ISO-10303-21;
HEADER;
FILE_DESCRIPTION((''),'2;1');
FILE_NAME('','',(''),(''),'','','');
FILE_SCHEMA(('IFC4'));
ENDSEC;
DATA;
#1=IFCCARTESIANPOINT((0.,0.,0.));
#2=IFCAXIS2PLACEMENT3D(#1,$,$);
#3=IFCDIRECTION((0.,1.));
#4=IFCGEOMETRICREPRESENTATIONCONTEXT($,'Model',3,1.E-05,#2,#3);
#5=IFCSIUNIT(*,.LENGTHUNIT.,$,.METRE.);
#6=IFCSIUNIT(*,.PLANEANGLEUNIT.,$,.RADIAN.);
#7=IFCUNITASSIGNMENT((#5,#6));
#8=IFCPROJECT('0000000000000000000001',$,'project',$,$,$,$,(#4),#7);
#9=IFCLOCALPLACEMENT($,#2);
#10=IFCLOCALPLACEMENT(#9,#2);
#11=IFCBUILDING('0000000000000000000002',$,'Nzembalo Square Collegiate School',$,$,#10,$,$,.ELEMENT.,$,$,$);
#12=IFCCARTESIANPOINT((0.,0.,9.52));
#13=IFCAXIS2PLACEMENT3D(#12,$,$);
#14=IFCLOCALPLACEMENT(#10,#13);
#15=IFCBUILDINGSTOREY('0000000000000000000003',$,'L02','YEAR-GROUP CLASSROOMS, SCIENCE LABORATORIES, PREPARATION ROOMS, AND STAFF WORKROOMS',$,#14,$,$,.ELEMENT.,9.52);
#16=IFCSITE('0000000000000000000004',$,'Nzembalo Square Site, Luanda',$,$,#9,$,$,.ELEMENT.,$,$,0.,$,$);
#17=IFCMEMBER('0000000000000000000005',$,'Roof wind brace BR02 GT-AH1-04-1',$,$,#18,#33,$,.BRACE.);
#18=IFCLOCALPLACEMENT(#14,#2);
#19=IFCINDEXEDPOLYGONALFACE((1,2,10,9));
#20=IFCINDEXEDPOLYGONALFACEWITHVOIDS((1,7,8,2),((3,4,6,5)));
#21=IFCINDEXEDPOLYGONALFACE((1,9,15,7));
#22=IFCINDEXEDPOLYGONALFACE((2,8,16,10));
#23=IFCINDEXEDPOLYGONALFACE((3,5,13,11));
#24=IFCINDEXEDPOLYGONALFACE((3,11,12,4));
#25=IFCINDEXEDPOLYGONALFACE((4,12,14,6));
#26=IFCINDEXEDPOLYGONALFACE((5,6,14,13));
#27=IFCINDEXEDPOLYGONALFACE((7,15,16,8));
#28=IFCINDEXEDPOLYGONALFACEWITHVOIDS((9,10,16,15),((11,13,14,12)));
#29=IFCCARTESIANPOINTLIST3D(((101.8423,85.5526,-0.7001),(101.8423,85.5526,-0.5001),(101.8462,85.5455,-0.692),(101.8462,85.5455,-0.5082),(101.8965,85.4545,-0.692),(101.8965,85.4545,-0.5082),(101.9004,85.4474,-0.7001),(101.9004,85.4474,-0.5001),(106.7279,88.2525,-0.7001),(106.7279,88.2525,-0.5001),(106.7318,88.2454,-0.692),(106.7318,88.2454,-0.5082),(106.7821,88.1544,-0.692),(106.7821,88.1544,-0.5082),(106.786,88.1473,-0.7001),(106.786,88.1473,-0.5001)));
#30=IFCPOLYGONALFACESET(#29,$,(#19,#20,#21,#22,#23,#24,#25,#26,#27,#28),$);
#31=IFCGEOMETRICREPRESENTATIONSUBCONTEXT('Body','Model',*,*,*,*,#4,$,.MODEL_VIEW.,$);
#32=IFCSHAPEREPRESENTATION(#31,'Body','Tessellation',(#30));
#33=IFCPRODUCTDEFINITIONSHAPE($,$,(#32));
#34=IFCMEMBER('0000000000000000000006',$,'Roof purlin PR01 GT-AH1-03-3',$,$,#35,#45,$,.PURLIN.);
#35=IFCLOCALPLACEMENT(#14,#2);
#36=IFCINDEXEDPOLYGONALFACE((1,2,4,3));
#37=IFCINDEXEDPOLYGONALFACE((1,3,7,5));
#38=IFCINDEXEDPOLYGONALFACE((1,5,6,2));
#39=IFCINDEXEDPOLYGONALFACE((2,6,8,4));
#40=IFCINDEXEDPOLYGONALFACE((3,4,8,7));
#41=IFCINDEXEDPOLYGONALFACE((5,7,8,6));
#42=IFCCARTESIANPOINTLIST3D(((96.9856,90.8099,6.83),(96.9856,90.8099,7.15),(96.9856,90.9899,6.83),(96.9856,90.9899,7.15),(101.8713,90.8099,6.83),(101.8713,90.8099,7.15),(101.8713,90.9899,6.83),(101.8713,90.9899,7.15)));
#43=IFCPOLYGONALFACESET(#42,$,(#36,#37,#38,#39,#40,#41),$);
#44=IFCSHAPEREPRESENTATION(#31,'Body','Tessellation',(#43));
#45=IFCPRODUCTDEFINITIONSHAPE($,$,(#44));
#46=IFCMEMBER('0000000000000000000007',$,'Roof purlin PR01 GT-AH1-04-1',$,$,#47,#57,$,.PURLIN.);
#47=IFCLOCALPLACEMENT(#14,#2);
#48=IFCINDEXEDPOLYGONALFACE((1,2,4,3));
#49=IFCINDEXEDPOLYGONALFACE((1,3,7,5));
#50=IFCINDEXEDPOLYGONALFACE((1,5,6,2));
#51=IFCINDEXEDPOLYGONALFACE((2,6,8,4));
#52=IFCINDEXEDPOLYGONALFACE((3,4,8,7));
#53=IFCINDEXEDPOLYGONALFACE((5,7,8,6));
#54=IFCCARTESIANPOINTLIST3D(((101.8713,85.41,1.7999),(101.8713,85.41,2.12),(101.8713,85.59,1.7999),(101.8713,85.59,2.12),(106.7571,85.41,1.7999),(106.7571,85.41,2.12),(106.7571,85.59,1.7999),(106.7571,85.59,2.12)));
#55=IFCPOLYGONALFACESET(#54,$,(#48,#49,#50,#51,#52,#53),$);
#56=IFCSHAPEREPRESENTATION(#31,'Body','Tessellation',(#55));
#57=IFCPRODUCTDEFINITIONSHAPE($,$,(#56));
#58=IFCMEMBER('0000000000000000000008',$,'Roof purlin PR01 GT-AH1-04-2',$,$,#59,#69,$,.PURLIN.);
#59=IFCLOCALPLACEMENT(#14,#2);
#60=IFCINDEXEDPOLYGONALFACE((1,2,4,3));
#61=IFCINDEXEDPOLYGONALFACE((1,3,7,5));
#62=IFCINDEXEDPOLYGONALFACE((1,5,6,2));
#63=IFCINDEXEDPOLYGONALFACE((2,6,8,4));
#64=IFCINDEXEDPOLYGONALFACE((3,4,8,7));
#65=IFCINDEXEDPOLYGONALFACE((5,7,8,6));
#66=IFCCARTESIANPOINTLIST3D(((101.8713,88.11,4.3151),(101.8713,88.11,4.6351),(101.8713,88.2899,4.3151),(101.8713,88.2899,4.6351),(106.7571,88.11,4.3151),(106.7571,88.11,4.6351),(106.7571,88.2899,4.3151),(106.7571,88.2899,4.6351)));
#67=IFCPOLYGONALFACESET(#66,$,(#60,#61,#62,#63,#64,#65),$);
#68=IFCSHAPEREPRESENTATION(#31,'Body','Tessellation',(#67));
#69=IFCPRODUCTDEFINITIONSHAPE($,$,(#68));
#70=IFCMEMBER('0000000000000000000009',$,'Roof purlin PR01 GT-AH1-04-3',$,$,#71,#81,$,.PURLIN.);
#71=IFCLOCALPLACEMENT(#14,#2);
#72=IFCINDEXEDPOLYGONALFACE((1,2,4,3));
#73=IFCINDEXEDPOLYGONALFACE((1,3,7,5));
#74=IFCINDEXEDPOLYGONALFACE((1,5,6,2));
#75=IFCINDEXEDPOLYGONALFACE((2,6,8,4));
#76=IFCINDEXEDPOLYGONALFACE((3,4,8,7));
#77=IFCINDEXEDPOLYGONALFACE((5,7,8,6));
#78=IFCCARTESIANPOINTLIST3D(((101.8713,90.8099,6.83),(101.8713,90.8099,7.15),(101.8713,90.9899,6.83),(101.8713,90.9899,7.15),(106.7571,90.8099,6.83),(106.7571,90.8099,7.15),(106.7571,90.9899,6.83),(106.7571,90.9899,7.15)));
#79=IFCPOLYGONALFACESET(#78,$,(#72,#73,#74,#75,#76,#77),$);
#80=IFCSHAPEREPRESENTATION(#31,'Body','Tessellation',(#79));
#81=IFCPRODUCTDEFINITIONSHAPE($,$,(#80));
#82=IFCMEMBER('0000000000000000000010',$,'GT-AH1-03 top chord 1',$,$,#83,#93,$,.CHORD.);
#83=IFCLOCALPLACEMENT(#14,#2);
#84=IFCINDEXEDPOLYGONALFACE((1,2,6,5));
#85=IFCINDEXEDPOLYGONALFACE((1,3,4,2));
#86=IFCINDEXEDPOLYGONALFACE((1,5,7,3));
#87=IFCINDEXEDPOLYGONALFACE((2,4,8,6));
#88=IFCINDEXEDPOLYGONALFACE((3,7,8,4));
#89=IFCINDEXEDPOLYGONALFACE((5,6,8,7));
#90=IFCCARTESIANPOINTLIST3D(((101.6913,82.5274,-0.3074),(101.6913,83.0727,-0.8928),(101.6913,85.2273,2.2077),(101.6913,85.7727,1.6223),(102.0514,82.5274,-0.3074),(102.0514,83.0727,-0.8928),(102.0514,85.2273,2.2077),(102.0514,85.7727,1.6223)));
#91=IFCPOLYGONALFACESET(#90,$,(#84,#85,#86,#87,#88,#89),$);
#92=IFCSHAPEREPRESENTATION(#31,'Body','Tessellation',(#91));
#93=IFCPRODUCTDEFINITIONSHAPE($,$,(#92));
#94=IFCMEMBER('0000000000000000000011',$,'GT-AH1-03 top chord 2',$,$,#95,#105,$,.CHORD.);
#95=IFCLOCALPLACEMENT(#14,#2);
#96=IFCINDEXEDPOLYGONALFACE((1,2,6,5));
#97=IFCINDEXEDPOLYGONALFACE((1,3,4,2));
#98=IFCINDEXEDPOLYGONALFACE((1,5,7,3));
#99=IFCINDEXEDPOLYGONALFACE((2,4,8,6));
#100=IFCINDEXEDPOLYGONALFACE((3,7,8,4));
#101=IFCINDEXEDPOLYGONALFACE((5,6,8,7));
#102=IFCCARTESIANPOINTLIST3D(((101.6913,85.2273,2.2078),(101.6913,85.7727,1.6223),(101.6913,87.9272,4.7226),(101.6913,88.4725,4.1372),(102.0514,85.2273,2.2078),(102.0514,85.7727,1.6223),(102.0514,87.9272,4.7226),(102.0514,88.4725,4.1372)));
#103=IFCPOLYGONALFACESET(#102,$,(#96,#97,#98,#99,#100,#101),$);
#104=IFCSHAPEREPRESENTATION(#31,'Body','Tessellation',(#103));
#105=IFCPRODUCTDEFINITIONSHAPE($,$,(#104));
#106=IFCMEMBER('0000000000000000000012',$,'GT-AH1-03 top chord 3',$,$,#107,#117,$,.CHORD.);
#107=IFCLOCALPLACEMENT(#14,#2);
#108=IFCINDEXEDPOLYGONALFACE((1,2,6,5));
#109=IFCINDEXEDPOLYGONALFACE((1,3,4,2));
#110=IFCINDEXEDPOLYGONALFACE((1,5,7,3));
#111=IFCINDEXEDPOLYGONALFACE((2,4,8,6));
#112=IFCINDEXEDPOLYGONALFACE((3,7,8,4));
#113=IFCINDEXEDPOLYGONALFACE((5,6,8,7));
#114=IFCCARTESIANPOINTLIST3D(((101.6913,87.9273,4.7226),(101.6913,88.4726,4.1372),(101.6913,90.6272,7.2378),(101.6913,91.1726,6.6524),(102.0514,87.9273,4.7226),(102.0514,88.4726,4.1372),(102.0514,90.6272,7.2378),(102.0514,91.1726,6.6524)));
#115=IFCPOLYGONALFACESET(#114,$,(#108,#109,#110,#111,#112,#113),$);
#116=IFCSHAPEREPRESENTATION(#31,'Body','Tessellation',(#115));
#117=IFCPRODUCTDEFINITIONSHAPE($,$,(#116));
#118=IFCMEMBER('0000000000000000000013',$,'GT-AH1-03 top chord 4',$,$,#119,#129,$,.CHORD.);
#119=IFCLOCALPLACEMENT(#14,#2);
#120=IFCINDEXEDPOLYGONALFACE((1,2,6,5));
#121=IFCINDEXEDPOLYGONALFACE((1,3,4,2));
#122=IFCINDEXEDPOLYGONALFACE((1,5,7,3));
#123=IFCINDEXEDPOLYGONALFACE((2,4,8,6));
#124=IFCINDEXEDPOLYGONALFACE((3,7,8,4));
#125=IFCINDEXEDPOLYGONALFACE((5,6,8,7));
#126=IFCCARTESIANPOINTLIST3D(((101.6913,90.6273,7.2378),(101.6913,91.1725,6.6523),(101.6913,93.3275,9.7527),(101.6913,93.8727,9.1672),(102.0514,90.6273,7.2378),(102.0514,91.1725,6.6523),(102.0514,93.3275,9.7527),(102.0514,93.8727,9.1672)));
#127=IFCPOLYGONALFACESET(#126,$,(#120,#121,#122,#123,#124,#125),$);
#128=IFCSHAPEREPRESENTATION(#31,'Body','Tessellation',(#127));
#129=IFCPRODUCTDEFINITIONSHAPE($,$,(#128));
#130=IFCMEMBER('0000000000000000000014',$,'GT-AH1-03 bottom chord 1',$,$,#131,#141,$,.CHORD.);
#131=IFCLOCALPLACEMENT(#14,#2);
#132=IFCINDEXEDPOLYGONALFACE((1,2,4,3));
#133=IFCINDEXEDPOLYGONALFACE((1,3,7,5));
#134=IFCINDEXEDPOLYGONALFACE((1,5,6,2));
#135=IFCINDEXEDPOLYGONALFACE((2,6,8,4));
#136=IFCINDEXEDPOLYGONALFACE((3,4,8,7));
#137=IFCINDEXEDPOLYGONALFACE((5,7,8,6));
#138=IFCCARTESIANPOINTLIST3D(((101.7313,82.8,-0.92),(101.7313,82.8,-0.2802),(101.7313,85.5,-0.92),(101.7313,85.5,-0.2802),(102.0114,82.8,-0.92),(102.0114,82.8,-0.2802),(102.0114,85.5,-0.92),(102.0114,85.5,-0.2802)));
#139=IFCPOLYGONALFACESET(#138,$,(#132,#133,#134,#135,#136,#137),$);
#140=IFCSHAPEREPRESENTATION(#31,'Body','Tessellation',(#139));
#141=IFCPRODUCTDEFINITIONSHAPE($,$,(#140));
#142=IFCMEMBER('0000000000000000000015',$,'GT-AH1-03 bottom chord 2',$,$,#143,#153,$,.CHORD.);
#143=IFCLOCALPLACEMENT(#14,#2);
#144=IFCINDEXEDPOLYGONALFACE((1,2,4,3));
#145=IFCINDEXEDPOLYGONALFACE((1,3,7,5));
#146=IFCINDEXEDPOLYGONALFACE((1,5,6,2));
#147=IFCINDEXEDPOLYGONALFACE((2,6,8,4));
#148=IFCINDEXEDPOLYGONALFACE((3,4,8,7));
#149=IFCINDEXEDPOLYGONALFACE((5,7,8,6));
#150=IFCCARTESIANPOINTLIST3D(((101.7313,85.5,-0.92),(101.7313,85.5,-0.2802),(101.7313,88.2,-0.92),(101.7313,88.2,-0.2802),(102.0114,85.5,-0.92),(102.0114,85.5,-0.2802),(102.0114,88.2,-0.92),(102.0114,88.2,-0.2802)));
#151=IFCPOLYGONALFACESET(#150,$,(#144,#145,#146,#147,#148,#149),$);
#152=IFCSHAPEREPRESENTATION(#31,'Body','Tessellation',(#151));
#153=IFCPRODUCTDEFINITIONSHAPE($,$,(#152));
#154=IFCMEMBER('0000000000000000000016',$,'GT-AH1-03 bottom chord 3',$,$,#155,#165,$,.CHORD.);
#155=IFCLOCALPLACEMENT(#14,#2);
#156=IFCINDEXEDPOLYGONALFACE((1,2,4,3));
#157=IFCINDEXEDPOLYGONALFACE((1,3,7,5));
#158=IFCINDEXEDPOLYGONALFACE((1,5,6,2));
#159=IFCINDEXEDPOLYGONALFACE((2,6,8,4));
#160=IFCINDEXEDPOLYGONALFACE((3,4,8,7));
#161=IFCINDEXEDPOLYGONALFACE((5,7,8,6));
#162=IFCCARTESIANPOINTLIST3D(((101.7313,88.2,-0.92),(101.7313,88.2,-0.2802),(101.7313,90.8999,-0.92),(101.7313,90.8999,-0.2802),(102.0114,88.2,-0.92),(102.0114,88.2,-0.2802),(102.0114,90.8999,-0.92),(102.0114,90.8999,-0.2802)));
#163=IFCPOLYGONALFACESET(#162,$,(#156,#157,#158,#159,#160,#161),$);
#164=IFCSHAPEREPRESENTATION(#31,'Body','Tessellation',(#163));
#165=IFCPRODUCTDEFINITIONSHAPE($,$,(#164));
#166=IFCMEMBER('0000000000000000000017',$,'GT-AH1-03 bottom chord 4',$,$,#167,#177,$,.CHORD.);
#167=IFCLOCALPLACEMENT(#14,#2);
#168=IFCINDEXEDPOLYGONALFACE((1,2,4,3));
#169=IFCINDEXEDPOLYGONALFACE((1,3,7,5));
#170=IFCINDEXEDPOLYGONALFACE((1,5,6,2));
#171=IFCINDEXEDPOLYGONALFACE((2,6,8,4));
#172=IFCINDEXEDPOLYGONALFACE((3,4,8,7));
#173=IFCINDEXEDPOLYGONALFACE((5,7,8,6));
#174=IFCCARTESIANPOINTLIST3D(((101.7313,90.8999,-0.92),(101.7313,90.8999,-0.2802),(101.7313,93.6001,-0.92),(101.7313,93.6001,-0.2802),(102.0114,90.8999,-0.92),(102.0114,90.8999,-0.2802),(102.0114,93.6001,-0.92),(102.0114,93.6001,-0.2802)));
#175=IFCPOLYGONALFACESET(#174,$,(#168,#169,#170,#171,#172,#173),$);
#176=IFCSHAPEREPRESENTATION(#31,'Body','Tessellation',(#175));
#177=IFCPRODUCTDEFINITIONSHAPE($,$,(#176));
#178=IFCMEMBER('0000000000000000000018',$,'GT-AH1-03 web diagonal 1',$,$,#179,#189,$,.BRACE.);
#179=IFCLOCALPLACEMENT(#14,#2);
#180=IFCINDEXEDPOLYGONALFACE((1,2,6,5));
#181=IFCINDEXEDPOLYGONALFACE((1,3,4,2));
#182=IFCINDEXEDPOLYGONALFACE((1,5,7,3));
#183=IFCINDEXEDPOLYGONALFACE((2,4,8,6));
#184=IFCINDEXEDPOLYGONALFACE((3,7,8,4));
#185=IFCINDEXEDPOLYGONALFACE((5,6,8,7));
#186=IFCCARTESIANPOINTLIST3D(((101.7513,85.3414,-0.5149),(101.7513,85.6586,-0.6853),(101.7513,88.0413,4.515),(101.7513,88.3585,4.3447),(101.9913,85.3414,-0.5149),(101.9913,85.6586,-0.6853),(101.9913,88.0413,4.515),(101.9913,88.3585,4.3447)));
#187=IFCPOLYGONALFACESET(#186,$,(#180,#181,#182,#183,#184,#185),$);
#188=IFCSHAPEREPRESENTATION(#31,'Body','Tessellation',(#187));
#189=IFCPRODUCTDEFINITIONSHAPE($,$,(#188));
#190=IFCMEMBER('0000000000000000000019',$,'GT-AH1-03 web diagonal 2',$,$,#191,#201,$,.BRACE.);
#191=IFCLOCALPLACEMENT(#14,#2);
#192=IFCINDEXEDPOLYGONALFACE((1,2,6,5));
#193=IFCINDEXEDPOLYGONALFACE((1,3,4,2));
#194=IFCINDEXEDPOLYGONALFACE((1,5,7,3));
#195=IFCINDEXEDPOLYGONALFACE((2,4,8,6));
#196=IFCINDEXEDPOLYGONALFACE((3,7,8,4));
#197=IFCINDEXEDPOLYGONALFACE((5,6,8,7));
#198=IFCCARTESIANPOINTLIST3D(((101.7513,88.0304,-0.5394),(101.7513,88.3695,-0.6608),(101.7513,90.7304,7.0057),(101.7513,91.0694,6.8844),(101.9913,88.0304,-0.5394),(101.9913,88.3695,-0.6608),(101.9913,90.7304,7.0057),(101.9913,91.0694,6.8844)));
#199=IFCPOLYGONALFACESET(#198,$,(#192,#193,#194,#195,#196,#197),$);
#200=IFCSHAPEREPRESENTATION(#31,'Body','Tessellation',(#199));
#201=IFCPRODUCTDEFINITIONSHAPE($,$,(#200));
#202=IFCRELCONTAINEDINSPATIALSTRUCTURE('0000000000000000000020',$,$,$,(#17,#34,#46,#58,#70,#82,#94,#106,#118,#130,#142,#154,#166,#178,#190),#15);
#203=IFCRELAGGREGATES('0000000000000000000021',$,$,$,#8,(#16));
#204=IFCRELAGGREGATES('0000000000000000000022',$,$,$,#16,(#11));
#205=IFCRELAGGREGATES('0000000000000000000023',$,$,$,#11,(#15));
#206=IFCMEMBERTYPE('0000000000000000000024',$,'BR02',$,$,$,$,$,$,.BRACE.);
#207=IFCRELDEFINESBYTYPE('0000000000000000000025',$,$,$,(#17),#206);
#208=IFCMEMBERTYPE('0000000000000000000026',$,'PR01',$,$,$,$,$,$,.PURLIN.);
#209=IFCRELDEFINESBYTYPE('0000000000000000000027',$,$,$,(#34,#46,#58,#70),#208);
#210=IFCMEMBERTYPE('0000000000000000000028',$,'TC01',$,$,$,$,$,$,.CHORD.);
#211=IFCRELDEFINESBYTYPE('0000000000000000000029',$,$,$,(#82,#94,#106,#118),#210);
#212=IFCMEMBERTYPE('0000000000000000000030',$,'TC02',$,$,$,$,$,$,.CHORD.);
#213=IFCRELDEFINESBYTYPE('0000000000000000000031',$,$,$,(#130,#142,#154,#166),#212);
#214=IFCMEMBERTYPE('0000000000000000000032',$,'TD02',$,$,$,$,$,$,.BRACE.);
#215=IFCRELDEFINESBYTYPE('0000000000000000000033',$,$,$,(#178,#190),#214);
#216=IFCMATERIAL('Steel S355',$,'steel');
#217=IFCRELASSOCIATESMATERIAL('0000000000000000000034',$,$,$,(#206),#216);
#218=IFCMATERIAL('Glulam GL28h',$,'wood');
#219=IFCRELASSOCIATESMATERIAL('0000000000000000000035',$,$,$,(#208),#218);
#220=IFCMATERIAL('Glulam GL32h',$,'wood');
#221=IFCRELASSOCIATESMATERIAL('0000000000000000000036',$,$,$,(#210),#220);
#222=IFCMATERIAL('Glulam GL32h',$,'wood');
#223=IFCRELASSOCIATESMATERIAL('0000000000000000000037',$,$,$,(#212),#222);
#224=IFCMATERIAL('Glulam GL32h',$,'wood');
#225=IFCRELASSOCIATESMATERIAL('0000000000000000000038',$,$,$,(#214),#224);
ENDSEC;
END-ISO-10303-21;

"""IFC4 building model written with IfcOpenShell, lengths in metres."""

from ifc_helpers import new_model, si_unit, direction, frame, origin, origin_2d, place, context, subcontext, project, spatial, rectangle, hollow_rectangle, extrude, material, material_profile, profile_set, type_object, element, save


model = new_model("IFC4")

# Units and contexts
model_context = context("Model", 3, precision=1e-05, world=origin(), true_north=direction((0.0, 1.0)))
body_context = subcontext(model_context, "Body", "Model", "MODEL_VIEW")
ifc_project = project(units=[si_unit("LENGTHUNIT", "METRE"), si_unit("PLANEANGLEUNIT", "RADIAN")], contexts=[model_context])

# Site, building, storey
site_placement = place(None, origin())
site = spatial("IfcSite", under=ifc_project, at=site_placement, Name="Nzembalo Square Site, Luanda", CompositionType="ELEMENT", RefElevation=0.0)
building_placement = place(site_placement, origin())
building = spatial("IfcBuilding", under=site, at=building_placement, Name="Nzembalo Square Collegiate School", CompositionType="ELEMENT")
storey_placement = place(building_placement, frame((0.0, 0.0, 9.52)))
storey = spatial("IfcBuildingStorey", under=building, at=storey_placement, Name="L02", Description="YEAR-GROUP CLASSROOMS, SCIENCE LABORATORIES, PREPARATION ROOMS, AND STAFF WORKROOMS", CompositionType="ELEMENT", Elevation=9.52)

# Members
ifc_material_1 = material(Name="Steel S355", Category="steel")
ifc_material_profile_1 = material_profile(ifc_material_1, hollow_rectangle(XDim=0.1201, YDim=0.2, WallThickness=0.0081, at=origin_2d()), Name="RHS 200x120x8")
ifc_profile_set_1 = profile_set([ifc_material_profile_1], Name="Steel S355")
member_type_1 = type_object("IfcMemberType", Name="BR02", PredefinedType="BRACE", material=ifc_profile_set_1)
member_1_placement = place(storey_placement, frame((101.8713, 85.5, -0.6001), z_axis=(0.875246, 0.483677, 0.0), x_axis=(-0.483677, 0.875246, 0.0)))
element("IfcMember", 1, at=member_1_placement, inside=storey, type_object=member_type_1, Name="Roof wind brace BR02 GT-AH1-04-1", PredefinedType="BRACE", context=body_context, shape_type="SweptSolid", body=[
    extrude(hollow_rectangle(XDim=0.1201, YDim=0.2, WallThickness=0.0081, at=origin_2d()), origin(), (0.0, 0.0, 1.0), 5.582),
])
ifc_material_2 = material(Name="Glulam GL28h", Category="wood")
ifc_material_profile_2 = material_profile(ifc_material_2, rectangle(XDim=0.1799, YDim=0.3201, at=origin_2d()), Name="GL28h 180x320")
ifc_profile_set_2 = profile_set([ifc_material_profile_2], Name="Glulam GL28h")
member_type_2 = type_object("IfcMemberType", Name="PR01", PredefinedType="PURLIN", material=ifc_profile_set_2)
for number, where, z_axis, x_axis, name in (
    (2, (96.9856, 90.8999, 6.99), (1.0, 0.0, 0.0), (0.0, 1.0, 0.0), "Roof purlin PR01 GT-AH1-03-3"),
    (3, (101.8713, 85.5, 1.96), (1.0, 0.0, 0.0), (0.0, 1.0, 0.0), "Roof purlin PR01 GT-AH1-04-1"),
    (4, (101.8713, 88.2, 4.4751), (1.0, 0.0, 0.0), (0.0, 1.0, 0.0), "Roof purlin PR01 GT-AH1-04-2"),
    (5, (101.8713, 90.8999, 6.99), (1.0, 0.0, 0.0), (0.0, 1.0, 0.0), "Roof purlin PR01 GT-AH1-04-3"),
):
    element("IfcMember", number, at=place(storey_placement, frame(where, z_axis=z_axis, x_axis=x_axis)), inside=storey, type_object=member_type_2, Name=name, PredefinedType="PURLIN", context=body_context, shape_type="SweptSolid", body=[
        extrude(rectangle(XDim=0.1799, YDim=0.3201, at=origin_2d()), origin(), (0.0, 0.0, 1.0), 4.8857),
    ])
ifc_material_3 = material(Name="Glulam GL32h", Category="wood")
ifc_material_profile_3 = material_profile(ifc_material_3, rectangle(XDim=0.3601, YDim=0.8, at=origin_2d()), Name="GL32h 360x800")
ifc_profile_set_3 = profile_set([ifc_material_profile_3], Name="Glulam GL32h")
member_type_3 = type_object("IfcMemberType", Name="TC01", PredefinedType="CHORD", material=ifc_profile_set_3)
member_2_placement = place(storey_placement, frame((101.8713, 82.8, -0.6001), z_axis=(0.0, 0.731706, 0.68162), x_axis=(-1.0, 0.0, 0.0)))
element("IfcMember", 6, at=member_2_placement, inside=storey, type_object=member_type_3, Name="GT-AH1-03 top chord 1", PredefinedType="CHORD", context=body_context, shape_type="SweptSolid", body=[
    extrude(rectangle(XDim=0.3601, YDim=0.8, at=origin_2d()), origin(), (0.0, 0.0, 1.0), 3.6899),
])
member_3_placement = place(storey_placement, frame((101.8713, 85.5, 1.915), z_axis=(0.0, 0.731739, 0.681585), x_axis=(-1.0, 0.0, 0.0)))
element("IfcMember", 7, at=member_3_placement, inside=storey, type_object=member_type_3, Name="GT-AH1-03 top chord 2", PredefinedType="CHORD", context=body_context, shape_type="SweptSolid", body=[
    extrude(rectangle(XDim=0.3601, YDim=0.8, at=origin_2d()), origin(), (0.0, 0.0, 1.0), 3.6897),
])
for number, where, z_axis, x_axis, name in (
    (8, (101.8713, 88.2, 4.4299), (0.0, 0.731706, 0.68162), (-1.0, 0.0, 0.0), "GT-AH1-03 top chord 3"),
    (9, (101.8713, 90.8999, 6.9451), (0.0, 0.73177, 0.681552), (-1.0, 0.0, 0.0), "GT-AH1-03 top chord 4"),
):
    element("IfcMember", number, at=place(storey_placement, frame(where, z_axis=z_axis, x_axis=x_axis)), inside=storey, type_object=member_type_3, Name=name, PredefinedType="CHORD", context=body_context, shape_type="SweptSolid", body=[
        extrude(rectangle(XDim=0.3601, YDim=0.8, at=origin_2d()), origin(), (0.0, 0.0, 1.0), 3.6899),
    ])
ifc_material_4 = material(Name="Glulam GL32h", Category="wood")
ifc_material_profile_4 = material_profile(ifc_material_4, rectangle(XDim=0.28, YDim=0.6399, at=origin_2d()), Name="GL32h 280x640")
ifc_profile_set_4 = profile_set([ifc_material_profile_4], Name="Glulam GL32h")
member_type_4 = type_object("IfcMemberType", Name="TC02", PredefinedType="CHORD", material=ifc_profile_set_4)
for number, where, z_axis, x_axis, name in (
    (10, (101.8713, 82.8, -0.6001), (0.0, 1.0, 0.0), (-1.0, 0.0, 0.0), "GT-AH1-03 bottom chord 1"),
    (11, (101.8713, 85.5, -0.6001), (0.0, 1.0, 0.0), (-1.0, 0.0, 0.0), "GT-AH1-03 bottom chord 2"),
    (12, (101.8713, 88.2, -0.6001), (0.0, 1.0, 0.0), (-1.0, 0.0, 0.0), "GT-AH1-03 bottom chord 3"),
):
    element("IfcMember", number, at=place(storey_placement, frame(where, z_axis=z_axis, x_axis=x_axis)), inside=storey, type_object=member_type_4, Name=name, PredefinedType="CHORD", context=body_context, shape_type="SweptSolid", body=[
        extrude(rectangle(XDim=0.28, YDim=0.6399, at=origin_2d()), origin(), (0.0, 0.0, 1.0), 2.7),
    ])
member_4_placement = place(storey_placement, frame((101.8713, 90.8999, -0.6001), z_axis=(0.0, 1.0, 0.0), x_axis=(-1.0, 0.0, 0.0)))
element("IfcMember", 13, at=member_4_placement, inside=storey, type_object=member_type_4, Name="GT-AH1-03 bottom chord 4", PredefinedType="CHORD", context=body_context, shape_type="SweptSolid", body=[
    extrude(rectangle(XDim=0.28, YDim=0.6399, at=origin_2d()), origin(), (0.0, 0.0, 1.0), 2.7002),
])
ifc_material_5 = material(Name="Glulam GL32h", Category="wood")
ifc_material_profile_5 = material_profile(ifc_material_5, rectangle(XDim=0.24, YDim=0.3601, at=origin_2d()), Name="GL32h 240x360")
ifc_profile_set_5 = profile_set([ifc_material_profile_5], Name="Glulam GL32h")
member_type_5 = type_object("IfcMemberType", Name="TD02", PredefinedType="BRACE", material=ifc_profile_set_5)
member_5_placement = place(storey_placement, frame((101.8713, 85.5, -0.6001), z_axis=(0.0, 0.472942, 0.881094), x_axis=(-1.0, 0.0, 0.0)))
element("IfcMember", 14, at=member_5_placement, inside=storey, type_object=member_type_5, Name="GT-AH1-03 web diagonal 1", PredefinedType="BRACE", context=body_context, shape_type="SweptSolid", body=[
    extrude(rectangle(XDim=0.24, YDim=0.3601, at=origin_2d()), origin(), (0.0, 0.0, 1.0), 5.7087),
])
member_6_placement = place(storey_placement, frame((101.8713, 88.2, -0.6001), z_axis=(0.0, 0.336917, 0.941534), x_axis=(-1.0, 0.0, 0.0)))
element("IfcMember", 15, at=member_6_placement, inside=storey, type_object=member_type_5, Name="GT-AH1-03 web diagonal 2", PredefinedType="BRACE", context=body_context, shape_type="SweptSolid", body=[
    extrude(rectangle(XDim=0.24, YDim=0.3601, at=origin_2d()), origin(), (0.0, 0.0, 1.0), 8.0137),
])

save(model, "model.ifc")
